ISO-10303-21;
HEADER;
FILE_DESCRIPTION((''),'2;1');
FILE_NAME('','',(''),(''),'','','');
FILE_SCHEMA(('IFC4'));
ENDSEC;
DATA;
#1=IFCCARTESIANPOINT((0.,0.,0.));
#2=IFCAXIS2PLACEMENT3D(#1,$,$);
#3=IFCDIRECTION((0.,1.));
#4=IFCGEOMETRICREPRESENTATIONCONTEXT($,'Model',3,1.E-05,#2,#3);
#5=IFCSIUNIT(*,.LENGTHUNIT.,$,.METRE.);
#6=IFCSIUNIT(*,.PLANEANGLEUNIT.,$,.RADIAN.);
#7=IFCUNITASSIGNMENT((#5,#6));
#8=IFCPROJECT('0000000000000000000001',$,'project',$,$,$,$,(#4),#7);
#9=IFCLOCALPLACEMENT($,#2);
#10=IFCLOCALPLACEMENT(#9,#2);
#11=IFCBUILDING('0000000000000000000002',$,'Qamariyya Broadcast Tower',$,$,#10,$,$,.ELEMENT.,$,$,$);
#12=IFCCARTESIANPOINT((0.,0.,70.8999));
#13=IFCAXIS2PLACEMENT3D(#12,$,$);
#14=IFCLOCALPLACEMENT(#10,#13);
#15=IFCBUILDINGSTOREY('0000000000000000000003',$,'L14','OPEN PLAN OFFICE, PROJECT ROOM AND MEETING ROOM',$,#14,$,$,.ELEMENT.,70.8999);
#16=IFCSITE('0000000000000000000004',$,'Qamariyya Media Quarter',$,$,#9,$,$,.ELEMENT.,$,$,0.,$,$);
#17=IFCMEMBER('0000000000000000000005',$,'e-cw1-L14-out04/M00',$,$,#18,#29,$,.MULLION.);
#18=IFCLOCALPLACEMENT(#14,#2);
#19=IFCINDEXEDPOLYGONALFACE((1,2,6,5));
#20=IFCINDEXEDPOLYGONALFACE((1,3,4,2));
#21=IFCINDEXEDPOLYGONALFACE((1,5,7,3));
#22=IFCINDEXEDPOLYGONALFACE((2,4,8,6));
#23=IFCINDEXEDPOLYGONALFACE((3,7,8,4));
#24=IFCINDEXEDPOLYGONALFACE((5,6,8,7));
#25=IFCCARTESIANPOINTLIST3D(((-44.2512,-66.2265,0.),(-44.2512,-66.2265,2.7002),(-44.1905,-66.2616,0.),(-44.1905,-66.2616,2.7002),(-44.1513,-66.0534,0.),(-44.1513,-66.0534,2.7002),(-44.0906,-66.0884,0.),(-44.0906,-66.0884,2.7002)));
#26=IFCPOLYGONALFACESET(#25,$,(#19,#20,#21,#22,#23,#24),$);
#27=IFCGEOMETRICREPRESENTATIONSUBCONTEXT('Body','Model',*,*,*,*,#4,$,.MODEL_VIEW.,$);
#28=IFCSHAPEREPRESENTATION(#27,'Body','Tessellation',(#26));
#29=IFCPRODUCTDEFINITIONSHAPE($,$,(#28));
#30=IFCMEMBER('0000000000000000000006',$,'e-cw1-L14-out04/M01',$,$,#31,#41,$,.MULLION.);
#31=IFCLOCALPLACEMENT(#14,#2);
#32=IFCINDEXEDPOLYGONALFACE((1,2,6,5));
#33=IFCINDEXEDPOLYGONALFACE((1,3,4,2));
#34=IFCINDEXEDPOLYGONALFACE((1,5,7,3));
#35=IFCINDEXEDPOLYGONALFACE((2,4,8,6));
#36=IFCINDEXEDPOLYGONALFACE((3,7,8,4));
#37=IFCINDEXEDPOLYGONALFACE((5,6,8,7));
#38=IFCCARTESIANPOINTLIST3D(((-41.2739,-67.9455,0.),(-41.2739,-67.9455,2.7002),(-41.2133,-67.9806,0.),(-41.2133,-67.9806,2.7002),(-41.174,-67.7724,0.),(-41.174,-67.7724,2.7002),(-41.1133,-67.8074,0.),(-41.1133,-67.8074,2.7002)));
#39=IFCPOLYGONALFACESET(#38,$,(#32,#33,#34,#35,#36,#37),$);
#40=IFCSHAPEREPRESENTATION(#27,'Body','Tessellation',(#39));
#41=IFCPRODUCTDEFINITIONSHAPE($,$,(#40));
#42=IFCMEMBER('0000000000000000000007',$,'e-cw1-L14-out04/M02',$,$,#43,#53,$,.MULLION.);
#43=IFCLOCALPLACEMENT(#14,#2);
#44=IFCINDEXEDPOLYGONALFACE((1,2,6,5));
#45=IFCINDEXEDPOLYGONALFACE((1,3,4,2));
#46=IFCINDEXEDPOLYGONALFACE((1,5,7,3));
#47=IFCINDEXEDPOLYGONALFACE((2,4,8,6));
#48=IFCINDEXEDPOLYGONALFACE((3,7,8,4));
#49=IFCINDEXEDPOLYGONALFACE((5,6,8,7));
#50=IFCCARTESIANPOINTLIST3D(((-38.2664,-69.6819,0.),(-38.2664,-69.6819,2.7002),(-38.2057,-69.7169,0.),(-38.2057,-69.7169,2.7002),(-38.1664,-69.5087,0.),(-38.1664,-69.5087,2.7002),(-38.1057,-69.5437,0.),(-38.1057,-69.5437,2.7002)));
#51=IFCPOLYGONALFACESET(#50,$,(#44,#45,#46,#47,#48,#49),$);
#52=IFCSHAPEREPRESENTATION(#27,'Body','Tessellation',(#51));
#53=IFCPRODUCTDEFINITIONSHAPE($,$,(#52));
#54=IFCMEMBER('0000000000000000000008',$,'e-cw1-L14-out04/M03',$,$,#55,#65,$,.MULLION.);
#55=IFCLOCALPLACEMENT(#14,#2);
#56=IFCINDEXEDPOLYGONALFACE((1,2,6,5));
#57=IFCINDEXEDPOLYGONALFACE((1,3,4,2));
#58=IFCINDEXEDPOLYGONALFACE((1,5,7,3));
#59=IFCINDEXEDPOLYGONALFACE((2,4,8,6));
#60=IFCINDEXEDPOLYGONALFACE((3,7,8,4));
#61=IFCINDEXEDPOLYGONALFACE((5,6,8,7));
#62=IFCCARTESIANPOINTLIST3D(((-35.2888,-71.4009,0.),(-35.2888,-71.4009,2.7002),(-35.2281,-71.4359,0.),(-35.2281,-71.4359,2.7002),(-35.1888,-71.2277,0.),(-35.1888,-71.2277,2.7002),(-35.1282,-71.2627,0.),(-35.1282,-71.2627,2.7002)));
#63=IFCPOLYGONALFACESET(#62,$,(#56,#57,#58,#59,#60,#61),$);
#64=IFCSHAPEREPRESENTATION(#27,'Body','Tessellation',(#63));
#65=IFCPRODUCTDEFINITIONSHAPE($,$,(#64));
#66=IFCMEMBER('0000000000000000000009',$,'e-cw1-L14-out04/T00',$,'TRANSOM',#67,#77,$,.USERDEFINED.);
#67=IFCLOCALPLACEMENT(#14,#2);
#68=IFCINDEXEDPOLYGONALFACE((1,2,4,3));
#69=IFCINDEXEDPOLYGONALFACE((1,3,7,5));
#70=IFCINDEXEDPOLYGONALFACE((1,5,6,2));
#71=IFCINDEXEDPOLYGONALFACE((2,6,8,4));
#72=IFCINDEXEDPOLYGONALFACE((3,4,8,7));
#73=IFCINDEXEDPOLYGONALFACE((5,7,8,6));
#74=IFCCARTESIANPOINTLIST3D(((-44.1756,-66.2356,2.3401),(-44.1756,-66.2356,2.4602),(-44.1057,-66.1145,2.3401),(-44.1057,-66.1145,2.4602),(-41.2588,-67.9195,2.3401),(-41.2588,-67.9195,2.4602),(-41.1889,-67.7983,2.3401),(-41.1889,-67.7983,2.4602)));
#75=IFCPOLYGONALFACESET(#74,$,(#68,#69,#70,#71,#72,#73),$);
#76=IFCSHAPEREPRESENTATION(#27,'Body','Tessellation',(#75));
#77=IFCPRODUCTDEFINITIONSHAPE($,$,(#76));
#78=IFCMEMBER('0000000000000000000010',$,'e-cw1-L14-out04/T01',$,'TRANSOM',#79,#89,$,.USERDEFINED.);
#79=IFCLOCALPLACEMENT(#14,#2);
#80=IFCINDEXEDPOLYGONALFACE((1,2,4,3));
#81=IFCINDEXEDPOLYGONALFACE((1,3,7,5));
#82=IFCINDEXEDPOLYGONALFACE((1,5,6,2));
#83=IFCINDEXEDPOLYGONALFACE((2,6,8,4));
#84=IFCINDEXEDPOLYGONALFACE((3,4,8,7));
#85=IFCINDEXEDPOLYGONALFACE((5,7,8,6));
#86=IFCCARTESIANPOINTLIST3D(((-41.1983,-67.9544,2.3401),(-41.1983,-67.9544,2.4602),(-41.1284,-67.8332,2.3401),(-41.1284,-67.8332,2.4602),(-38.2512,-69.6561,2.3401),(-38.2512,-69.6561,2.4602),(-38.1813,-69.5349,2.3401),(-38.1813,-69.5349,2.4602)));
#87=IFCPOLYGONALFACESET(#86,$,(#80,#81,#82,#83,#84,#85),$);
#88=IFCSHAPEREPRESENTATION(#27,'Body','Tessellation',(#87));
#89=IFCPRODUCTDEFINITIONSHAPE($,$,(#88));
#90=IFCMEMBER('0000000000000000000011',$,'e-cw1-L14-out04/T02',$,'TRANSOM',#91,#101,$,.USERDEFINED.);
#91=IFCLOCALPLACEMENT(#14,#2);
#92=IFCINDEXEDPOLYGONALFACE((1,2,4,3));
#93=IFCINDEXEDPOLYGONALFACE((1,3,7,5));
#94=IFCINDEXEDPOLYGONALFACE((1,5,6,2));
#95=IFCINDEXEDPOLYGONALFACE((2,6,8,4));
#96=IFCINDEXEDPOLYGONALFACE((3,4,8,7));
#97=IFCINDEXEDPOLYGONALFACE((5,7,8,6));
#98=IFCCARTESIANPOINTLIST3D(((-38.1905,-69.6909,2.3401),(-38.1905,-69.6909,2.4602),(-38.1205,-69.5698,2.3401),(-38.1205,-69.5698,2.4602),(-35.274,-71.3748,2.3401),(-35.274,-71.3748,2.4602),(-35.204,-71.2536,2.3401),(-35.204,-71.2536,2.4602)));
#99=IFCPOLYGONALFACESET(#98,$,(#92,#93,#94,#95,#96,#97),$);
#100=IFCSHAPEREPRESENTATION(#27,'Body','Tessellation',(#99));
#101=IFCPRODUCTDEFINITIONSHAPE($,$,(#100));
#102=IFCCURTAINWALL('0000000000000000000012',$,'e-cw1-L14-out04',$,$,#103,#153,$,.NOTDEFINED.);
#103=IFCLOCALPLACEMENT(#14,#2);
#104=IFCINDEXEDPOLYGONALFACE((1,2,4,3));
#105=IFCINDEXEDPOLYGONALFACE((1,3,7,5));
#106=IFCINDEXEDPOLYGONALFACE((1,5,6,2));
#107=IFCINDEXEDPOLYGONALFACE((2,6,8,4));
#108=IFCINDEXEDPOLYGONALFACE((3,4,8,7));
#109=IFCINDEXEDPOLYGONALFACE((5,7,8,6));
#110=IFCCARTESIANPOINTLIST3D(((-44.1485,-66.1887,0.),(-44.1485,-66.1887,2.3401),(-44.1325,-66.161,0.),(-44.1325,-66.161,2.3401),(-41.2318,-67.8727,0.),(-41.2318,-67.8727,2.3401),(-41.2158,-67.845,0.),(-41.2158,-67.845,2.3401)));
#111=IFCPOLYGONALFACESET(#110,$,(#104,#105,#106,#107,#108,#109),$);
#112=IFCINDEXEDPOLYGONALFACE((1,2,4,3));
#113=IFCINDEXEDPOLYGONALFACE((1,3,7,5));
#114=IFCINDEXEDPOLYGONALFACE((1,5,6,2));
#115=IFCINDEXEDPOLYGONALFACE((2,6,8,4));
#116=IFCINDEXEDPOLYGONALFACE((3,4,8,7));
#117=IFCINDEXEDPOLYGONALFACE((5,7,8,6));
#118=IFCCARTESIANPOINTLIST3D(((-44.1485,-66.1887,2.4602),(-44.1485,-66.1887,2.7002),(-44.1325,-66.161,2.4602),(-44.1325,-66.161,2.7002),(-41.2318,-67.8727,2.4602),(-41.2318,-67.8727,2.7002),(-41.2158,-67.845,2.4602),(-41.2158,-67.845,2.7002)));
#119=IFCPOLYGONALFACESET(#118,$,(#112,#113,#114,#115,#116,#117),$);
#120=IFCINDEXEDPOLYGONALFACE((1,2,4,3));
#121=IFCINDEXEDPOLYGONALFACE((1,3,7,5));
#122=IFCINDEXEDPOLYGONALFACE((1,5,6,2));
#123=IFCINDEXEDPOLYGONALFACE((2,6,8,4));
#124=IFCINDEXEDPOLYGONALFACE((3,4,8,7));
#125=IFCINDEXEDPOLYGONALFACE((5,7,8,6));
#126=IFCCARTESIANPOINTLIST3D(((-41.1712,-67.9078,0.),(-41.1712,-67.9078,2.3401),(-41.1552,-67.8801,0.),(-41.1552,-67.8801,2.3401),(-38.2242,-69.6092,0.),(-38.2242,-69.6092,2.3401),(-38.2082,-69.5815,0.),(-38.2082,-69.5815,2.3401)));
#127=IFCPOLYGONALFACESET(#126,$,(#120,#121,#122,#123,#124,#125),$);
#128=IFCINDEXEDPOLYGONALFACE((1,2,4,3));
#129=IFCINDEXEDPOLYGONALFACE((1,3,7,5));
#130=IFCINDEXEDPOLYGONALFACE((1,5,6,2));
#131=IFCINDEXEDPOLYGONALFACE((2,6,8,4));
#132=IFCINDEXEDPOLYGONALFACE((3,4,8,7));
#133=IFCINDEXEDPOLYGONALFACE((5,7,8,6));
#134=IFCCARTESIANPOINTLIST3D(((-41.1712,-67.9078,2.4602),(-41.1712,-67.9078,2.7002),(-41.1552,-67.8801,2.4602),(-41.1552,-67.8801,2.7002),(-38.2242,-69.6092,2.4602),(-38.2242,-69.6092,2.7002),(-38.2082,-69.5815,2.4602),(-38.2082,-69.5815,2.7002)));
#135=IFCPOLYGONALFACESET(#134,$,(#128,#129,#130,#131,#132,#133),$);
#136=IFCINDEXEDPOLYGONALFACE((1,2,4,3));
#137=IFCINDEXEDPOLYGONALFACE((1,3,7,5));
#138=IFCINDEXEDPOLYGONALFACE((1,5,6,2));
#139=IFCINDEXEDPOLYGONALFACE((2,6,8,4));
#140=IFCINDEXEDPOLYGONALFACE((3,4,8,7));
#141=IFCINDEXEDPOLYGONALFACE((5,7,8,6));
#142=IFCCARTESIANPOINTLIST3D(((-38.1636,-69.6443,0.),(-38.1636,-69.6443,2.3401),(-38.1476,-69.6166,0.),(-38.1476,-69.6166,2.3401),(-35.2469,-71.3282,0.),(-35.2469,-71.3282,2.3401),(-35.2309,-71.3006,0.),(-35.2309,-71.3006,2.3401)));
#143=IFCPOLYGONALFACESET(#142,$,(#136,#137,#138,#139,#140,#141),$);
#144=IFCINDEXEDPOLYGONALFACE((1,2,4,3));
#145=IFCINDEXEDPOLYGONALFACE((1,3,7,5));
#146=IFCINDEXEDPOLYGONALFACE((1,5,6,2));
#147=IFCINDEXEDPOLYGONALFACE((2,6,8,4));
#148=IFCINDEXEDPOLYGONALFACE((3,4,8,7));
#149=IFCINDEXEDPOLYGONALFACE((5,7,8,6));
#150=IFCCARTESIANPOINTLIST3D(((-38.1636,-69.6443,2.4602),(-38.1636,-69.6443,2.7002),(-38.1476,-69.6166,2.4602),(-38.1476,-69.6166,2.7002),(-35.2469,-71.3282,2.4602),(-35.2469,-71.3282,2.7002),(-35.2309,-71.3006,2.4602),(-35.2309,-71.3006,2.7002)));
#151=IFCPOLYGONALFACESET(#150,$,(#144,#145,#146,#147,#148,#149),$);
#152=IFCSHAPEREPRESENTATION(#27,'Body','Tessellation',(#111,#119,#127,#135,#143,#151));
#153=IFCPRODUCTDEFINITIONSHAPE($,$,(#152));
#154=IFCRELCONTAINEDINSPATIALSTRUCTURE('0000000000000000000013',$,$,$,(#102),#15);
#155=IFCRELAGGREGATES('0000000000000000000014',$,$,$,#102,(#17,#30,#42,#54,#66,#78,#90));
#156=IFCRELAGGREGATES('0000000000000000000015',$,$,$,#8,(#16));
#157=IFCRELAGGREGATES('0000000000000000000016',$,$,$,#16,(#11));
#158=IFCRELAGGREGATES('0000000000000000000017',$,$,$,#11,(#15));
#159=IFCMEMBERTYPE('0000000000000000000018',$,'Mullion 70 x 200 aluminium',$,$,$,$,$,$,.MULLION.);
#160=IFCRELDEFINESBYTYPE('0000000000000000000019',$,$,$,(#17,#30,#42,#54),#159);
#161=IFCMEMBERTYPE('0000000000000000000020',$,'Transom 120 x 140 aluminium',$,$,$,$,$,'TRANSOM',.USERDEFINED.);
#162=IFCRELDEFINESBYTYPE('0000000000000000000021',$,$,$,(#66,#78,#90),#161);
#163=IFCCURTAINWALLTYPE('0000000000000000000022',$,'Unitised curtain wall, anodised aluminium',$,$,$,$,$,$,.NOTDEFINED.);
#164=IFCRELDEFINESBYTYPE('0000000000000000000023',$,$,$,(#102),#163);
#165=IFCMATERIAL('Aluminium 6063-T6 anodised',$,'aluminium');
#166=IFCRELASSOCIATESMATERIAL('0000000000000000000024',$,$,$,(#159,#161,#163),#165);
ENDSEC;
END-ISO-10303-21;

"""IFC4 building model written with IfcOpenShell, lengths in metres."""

from ifc_helpers import new_model, si_unit, direction, frame, origin, origin_2d, place, context, subcontext, project, spatial, rectangle, extrude, material, material_profile, profile_set, type_object, element, aggregate, save


model = new_model("IFC4")

# Units and contexts
model_context = context("Model", 3, precision=1e-05, world=origin(), true_north=direction((0.0, 1.0)))
body_context = subcontext(model_context, "Body", "Model", "MODEL_VIEW")
ifc_project = project(units=[si_unit("LENGTHUNIT", "METRE"), si_unit("PLANEANGLEUNIT", "RADIAN")], contexts=[model_context])

# Members
ifc_material = material(Name="Aluminium 6063-T6 anodised", Category="aluminium")
ifc_material_profile_1 = material_profile(ifc_material, rectangle(XDim=0.2, YDim=0.0701, at=origin_2d()))
ifc_profile_set_1 = profile_set([ifc_material_profile_1], Name="Aluminium 6063-T6 anodised")
member_type_1 = type_object("IfcMemberType", Name="Mullion 70 x 200 aluminium", PredefinedType="MULLION", material=ifc_profile_set_1)
site_placement = place(None, origin())
building_placement = place(site_placement, origin())
storey_placement = place(building_placement, frame((0.0, 0.0, 70.8999)))
member_1_placement = place(storey_placement, frame((-44.1709, -66.1575, 0.0), z_axis=(0.0, 0.0, 1.0), x_axis=(0.5, 0.866025, 0.0)))
member_1 = element("IfcMember", 1, at=member_1_placement, type_object=member_type_1, Name="e-cw1-L14-out04/M00", PredefinedType="MULLION", context=body_context, shape_type="SweptSolid", body=[
    extrude(rectangle(XDim=0.2, YDim=0.0701, at=origin_2d()), origin(), (0.0, 0.0, 1.0), 2.7002),
])
member_2_placement = place(storey_placement, frame((-41.1936, -67.8765, 0.0), z_axis=(0.0, 0.0, 1.0), x_axis=(0.5, 0.866025, 0.0)))
member_2 = element("IfcMember", 2, at=member_2_placement, type_object=member_type_1, Name="e-cw1-L14-out04/M01", PredefinedType="MULLION", context=body_context, shape_type="SweptSolid", body=[
    extrude(rectangle(XDim=0.2, YDim=0.0701, at=origin_2d()), origin(), (0.0, 0.0, 1.0), 2.7002),
])
member_3_placement = place(storey_placement, frame((-38.186, -69.6128, 0.0), z_axis=(0.0, 0.0, 1.0), x_axis=(0.5, 0.866025, 0.0)))
member_3 = element("IfcMember", 3, at=member_3_placement, type_object=member_type_1, Name="e-cw1-L14-out04/M02", PredefinedType="MULLION", context=body_context, shape_type="SweptSolid", body=[
    extrude(rectangle(XDim=0.2, YDim=0.0701, at=origin_2d()), origin(), (0.0, 0.0, 1.0), 2.7002),
])
member_4_placement = place(storey_placement, frame((-35.2085, -71.3318, 0.0), z_axis=(0.0, 0.0, 1.0), x_axis=(0.5, 0.866025, 0.0)))
member_4 = element("IfcMember", 4, at=member_4_placement, type_object=member_type_1, Name="e-cw1-L14-out04/M03", PredefinedType="MULLION", context=body_context, shape_type="SweptSolid", body=[
    extrude(rectangle(XDim=0.2, YDim=0.0701, at=origin_2d()), origin(), (0.0, 0.0, 1.0), 2.7002),
])
ifc_material_profile_2 = material_profile(ifc_material, rectangle(XDim=0.1399, YDim=0.1201, at=origin_2d()))
ifc_profile_set_2 = profile_set([ifc_material_profile_2], Name="Aluminium 6063-T6 anodised")
member_type_2 = type_object("IfcMemberType", Name="Transom 120 x 140 aluminium", ElementType="TRANSOM", PredefinedType="USERDEFINED", material=ifc_profile_set_2)
member_5_placement = place(storey_placement, frame((-44.1406, -66.175, 2.4001), z_axis=(0.866044, -0.499967, 0.0), x_axis=(0.499967, 0.866044, 0.0)))
member_5 = element("IfcMember", 5, at=member_5_placement, type_object=member_type_2, Name="e-cw1-L14-out04/T00", ObjectType="TRANSOM", PredefinedType="USERDEFINED", context=body_context, shape_type="SweptSolid", body=[
    extrude(rectangle(XDim=0.1399, YDim=0.1201, at=origin_2d()), origin(), (0.0, 0.0, 1.0), 3.3679),
])
member_6_placement = place(storey_placement, frame((-41.1633, -67.8938, 2.4001), z_axis=(0.866, -0.500043, 0.0), x_axis=(0.500043, 0.866, 0.0)))
member_6 = element("IfcMember", 6, at=member_6_placement, type_object=member_type_2, Name="e-cw1-L14-out04/T01", ObjectType="TRANSOM", PredefinedType="USERDEFINED", context=body_context, shape_type="SweptSolid", body=[
    extrude(rectangle(XDim=0.1399, YDim=0.1201, at=origin_2d()), origin(), (0.0, 0.0, 1.0), 3.4031),
])
member_7_placement = place(storey_placement, frame((-38.1555, -69.6304, 2.4001), z_axis=(0.866026, -0.499999, 0.0), x_axis=(0.499999, 0.866026, 0.0)))
member_7 = element("IfcMember", 7, at=member_7_placement, type_object=member_type_2, Name="e-cw1-L14-out04/T02", ObjectType="TRANSOM", PredefinedType="USERDEFINED", context=body_context, shape_type="SweptSolid", body=[
    extrude(rectangle(XDim=0.1399, YDim=0.1201, at=origin_2d()), origin(), (0.0, 0.0, 1.0), 3.3677),
])

# Site, building, storey
site = spatial("IfcSite", under=ifc_project, at=site_placement, Name="Qamariyya Media Quarter", CompositionType="ELEMENT", RefElevation=0.0)
building = spatial("IfcBuilding", under=site, at=building_placement, Name="Qamariyya Broadcast Tower", CompositionType="ELEMENT")
storey = spatial("IfcBuildingStorey", under=building, at=storey_placement, Name="L14", Description="OPEN PLAN OFFICE, PROJECT ROOM AND MEETING ROOM", CompositionType="ELEMENT", Elevation=70.8999)

# Curtain wall
curtain_wall_type = type_object("IfcCurtainWallType", Name="Unitised curtain wall, anodised aluminium", PredefinedType="NOTDEFINED", material=ifc_material)
curtain_wall_1_placement = place(storey_placement, origin())
curtain_wall_1 = element("IfcCurtainWall", 8, at=curtain_wall_1_placement, inside=storey, type_object=curtain_wall_type, Name="e-cw1-L14-out04", PredefinedType="NOTDEFINED", context=body_context, shape_type="SweptSolid", body=[
    extrude(rectangle(XDim=3.3679, YDim=0.032, at=origin_2d()), frame((-42.6821, -67.0168, 0.0), x_axis=(0.866022, -0.500005, 0.0)), (0.0, 0.0, 1.0), 2.3401),
    extrude(rectangle(XDim=3.3679, YDim=0.032, at=origin_2d()), frame((-42.6821, -67.0168, 2.4602), x_axis=(0.866022, -0.500005, 0.0)), (0.0, 0.0, 1.0), 0.24),
    extrude(rectangle(XDim=3.4028, YDim=0.032, at=origin_2d()), frame((-39.6897, -68.7446, 0.0), x_axis=(0.866022, -0.500005, 0.0)), (0.0, 0.0, 1.0), 2.3401),
    extrude(rectangle(XDim=3.4028, YDim=0.032, at=origin_2d()), frame((-39.6897, -68.7446, 2.4602), x_axis=(0.866022, -0.500005, 0.0)), (0.0, 0.0, 1.0), 0.24),
    extrude(rectangle(XDim=3.3679, YDim=0.032, at=origin_2d()), frame((-36.6973, -70.4724, 0.0), x_axis=(0.866022, -0.500005, 0.0)), (0.0, 0.0, 1.0), 2.3401),
    extrude(rectangle(XDim=3.3679, YDim=0.032, at=origin_2d()), frame((-36.6973, -70.4724, 2.4602), x_axis=(0.866022, -0.500005, 0.0)), (0.0, 0.0, 1.0), 0.24),
])
aggregate(curtain_wall_1, [member_1, member_2, member_3, member_4, member_5, member_6, member_7])

save(model, "model.ifc")
